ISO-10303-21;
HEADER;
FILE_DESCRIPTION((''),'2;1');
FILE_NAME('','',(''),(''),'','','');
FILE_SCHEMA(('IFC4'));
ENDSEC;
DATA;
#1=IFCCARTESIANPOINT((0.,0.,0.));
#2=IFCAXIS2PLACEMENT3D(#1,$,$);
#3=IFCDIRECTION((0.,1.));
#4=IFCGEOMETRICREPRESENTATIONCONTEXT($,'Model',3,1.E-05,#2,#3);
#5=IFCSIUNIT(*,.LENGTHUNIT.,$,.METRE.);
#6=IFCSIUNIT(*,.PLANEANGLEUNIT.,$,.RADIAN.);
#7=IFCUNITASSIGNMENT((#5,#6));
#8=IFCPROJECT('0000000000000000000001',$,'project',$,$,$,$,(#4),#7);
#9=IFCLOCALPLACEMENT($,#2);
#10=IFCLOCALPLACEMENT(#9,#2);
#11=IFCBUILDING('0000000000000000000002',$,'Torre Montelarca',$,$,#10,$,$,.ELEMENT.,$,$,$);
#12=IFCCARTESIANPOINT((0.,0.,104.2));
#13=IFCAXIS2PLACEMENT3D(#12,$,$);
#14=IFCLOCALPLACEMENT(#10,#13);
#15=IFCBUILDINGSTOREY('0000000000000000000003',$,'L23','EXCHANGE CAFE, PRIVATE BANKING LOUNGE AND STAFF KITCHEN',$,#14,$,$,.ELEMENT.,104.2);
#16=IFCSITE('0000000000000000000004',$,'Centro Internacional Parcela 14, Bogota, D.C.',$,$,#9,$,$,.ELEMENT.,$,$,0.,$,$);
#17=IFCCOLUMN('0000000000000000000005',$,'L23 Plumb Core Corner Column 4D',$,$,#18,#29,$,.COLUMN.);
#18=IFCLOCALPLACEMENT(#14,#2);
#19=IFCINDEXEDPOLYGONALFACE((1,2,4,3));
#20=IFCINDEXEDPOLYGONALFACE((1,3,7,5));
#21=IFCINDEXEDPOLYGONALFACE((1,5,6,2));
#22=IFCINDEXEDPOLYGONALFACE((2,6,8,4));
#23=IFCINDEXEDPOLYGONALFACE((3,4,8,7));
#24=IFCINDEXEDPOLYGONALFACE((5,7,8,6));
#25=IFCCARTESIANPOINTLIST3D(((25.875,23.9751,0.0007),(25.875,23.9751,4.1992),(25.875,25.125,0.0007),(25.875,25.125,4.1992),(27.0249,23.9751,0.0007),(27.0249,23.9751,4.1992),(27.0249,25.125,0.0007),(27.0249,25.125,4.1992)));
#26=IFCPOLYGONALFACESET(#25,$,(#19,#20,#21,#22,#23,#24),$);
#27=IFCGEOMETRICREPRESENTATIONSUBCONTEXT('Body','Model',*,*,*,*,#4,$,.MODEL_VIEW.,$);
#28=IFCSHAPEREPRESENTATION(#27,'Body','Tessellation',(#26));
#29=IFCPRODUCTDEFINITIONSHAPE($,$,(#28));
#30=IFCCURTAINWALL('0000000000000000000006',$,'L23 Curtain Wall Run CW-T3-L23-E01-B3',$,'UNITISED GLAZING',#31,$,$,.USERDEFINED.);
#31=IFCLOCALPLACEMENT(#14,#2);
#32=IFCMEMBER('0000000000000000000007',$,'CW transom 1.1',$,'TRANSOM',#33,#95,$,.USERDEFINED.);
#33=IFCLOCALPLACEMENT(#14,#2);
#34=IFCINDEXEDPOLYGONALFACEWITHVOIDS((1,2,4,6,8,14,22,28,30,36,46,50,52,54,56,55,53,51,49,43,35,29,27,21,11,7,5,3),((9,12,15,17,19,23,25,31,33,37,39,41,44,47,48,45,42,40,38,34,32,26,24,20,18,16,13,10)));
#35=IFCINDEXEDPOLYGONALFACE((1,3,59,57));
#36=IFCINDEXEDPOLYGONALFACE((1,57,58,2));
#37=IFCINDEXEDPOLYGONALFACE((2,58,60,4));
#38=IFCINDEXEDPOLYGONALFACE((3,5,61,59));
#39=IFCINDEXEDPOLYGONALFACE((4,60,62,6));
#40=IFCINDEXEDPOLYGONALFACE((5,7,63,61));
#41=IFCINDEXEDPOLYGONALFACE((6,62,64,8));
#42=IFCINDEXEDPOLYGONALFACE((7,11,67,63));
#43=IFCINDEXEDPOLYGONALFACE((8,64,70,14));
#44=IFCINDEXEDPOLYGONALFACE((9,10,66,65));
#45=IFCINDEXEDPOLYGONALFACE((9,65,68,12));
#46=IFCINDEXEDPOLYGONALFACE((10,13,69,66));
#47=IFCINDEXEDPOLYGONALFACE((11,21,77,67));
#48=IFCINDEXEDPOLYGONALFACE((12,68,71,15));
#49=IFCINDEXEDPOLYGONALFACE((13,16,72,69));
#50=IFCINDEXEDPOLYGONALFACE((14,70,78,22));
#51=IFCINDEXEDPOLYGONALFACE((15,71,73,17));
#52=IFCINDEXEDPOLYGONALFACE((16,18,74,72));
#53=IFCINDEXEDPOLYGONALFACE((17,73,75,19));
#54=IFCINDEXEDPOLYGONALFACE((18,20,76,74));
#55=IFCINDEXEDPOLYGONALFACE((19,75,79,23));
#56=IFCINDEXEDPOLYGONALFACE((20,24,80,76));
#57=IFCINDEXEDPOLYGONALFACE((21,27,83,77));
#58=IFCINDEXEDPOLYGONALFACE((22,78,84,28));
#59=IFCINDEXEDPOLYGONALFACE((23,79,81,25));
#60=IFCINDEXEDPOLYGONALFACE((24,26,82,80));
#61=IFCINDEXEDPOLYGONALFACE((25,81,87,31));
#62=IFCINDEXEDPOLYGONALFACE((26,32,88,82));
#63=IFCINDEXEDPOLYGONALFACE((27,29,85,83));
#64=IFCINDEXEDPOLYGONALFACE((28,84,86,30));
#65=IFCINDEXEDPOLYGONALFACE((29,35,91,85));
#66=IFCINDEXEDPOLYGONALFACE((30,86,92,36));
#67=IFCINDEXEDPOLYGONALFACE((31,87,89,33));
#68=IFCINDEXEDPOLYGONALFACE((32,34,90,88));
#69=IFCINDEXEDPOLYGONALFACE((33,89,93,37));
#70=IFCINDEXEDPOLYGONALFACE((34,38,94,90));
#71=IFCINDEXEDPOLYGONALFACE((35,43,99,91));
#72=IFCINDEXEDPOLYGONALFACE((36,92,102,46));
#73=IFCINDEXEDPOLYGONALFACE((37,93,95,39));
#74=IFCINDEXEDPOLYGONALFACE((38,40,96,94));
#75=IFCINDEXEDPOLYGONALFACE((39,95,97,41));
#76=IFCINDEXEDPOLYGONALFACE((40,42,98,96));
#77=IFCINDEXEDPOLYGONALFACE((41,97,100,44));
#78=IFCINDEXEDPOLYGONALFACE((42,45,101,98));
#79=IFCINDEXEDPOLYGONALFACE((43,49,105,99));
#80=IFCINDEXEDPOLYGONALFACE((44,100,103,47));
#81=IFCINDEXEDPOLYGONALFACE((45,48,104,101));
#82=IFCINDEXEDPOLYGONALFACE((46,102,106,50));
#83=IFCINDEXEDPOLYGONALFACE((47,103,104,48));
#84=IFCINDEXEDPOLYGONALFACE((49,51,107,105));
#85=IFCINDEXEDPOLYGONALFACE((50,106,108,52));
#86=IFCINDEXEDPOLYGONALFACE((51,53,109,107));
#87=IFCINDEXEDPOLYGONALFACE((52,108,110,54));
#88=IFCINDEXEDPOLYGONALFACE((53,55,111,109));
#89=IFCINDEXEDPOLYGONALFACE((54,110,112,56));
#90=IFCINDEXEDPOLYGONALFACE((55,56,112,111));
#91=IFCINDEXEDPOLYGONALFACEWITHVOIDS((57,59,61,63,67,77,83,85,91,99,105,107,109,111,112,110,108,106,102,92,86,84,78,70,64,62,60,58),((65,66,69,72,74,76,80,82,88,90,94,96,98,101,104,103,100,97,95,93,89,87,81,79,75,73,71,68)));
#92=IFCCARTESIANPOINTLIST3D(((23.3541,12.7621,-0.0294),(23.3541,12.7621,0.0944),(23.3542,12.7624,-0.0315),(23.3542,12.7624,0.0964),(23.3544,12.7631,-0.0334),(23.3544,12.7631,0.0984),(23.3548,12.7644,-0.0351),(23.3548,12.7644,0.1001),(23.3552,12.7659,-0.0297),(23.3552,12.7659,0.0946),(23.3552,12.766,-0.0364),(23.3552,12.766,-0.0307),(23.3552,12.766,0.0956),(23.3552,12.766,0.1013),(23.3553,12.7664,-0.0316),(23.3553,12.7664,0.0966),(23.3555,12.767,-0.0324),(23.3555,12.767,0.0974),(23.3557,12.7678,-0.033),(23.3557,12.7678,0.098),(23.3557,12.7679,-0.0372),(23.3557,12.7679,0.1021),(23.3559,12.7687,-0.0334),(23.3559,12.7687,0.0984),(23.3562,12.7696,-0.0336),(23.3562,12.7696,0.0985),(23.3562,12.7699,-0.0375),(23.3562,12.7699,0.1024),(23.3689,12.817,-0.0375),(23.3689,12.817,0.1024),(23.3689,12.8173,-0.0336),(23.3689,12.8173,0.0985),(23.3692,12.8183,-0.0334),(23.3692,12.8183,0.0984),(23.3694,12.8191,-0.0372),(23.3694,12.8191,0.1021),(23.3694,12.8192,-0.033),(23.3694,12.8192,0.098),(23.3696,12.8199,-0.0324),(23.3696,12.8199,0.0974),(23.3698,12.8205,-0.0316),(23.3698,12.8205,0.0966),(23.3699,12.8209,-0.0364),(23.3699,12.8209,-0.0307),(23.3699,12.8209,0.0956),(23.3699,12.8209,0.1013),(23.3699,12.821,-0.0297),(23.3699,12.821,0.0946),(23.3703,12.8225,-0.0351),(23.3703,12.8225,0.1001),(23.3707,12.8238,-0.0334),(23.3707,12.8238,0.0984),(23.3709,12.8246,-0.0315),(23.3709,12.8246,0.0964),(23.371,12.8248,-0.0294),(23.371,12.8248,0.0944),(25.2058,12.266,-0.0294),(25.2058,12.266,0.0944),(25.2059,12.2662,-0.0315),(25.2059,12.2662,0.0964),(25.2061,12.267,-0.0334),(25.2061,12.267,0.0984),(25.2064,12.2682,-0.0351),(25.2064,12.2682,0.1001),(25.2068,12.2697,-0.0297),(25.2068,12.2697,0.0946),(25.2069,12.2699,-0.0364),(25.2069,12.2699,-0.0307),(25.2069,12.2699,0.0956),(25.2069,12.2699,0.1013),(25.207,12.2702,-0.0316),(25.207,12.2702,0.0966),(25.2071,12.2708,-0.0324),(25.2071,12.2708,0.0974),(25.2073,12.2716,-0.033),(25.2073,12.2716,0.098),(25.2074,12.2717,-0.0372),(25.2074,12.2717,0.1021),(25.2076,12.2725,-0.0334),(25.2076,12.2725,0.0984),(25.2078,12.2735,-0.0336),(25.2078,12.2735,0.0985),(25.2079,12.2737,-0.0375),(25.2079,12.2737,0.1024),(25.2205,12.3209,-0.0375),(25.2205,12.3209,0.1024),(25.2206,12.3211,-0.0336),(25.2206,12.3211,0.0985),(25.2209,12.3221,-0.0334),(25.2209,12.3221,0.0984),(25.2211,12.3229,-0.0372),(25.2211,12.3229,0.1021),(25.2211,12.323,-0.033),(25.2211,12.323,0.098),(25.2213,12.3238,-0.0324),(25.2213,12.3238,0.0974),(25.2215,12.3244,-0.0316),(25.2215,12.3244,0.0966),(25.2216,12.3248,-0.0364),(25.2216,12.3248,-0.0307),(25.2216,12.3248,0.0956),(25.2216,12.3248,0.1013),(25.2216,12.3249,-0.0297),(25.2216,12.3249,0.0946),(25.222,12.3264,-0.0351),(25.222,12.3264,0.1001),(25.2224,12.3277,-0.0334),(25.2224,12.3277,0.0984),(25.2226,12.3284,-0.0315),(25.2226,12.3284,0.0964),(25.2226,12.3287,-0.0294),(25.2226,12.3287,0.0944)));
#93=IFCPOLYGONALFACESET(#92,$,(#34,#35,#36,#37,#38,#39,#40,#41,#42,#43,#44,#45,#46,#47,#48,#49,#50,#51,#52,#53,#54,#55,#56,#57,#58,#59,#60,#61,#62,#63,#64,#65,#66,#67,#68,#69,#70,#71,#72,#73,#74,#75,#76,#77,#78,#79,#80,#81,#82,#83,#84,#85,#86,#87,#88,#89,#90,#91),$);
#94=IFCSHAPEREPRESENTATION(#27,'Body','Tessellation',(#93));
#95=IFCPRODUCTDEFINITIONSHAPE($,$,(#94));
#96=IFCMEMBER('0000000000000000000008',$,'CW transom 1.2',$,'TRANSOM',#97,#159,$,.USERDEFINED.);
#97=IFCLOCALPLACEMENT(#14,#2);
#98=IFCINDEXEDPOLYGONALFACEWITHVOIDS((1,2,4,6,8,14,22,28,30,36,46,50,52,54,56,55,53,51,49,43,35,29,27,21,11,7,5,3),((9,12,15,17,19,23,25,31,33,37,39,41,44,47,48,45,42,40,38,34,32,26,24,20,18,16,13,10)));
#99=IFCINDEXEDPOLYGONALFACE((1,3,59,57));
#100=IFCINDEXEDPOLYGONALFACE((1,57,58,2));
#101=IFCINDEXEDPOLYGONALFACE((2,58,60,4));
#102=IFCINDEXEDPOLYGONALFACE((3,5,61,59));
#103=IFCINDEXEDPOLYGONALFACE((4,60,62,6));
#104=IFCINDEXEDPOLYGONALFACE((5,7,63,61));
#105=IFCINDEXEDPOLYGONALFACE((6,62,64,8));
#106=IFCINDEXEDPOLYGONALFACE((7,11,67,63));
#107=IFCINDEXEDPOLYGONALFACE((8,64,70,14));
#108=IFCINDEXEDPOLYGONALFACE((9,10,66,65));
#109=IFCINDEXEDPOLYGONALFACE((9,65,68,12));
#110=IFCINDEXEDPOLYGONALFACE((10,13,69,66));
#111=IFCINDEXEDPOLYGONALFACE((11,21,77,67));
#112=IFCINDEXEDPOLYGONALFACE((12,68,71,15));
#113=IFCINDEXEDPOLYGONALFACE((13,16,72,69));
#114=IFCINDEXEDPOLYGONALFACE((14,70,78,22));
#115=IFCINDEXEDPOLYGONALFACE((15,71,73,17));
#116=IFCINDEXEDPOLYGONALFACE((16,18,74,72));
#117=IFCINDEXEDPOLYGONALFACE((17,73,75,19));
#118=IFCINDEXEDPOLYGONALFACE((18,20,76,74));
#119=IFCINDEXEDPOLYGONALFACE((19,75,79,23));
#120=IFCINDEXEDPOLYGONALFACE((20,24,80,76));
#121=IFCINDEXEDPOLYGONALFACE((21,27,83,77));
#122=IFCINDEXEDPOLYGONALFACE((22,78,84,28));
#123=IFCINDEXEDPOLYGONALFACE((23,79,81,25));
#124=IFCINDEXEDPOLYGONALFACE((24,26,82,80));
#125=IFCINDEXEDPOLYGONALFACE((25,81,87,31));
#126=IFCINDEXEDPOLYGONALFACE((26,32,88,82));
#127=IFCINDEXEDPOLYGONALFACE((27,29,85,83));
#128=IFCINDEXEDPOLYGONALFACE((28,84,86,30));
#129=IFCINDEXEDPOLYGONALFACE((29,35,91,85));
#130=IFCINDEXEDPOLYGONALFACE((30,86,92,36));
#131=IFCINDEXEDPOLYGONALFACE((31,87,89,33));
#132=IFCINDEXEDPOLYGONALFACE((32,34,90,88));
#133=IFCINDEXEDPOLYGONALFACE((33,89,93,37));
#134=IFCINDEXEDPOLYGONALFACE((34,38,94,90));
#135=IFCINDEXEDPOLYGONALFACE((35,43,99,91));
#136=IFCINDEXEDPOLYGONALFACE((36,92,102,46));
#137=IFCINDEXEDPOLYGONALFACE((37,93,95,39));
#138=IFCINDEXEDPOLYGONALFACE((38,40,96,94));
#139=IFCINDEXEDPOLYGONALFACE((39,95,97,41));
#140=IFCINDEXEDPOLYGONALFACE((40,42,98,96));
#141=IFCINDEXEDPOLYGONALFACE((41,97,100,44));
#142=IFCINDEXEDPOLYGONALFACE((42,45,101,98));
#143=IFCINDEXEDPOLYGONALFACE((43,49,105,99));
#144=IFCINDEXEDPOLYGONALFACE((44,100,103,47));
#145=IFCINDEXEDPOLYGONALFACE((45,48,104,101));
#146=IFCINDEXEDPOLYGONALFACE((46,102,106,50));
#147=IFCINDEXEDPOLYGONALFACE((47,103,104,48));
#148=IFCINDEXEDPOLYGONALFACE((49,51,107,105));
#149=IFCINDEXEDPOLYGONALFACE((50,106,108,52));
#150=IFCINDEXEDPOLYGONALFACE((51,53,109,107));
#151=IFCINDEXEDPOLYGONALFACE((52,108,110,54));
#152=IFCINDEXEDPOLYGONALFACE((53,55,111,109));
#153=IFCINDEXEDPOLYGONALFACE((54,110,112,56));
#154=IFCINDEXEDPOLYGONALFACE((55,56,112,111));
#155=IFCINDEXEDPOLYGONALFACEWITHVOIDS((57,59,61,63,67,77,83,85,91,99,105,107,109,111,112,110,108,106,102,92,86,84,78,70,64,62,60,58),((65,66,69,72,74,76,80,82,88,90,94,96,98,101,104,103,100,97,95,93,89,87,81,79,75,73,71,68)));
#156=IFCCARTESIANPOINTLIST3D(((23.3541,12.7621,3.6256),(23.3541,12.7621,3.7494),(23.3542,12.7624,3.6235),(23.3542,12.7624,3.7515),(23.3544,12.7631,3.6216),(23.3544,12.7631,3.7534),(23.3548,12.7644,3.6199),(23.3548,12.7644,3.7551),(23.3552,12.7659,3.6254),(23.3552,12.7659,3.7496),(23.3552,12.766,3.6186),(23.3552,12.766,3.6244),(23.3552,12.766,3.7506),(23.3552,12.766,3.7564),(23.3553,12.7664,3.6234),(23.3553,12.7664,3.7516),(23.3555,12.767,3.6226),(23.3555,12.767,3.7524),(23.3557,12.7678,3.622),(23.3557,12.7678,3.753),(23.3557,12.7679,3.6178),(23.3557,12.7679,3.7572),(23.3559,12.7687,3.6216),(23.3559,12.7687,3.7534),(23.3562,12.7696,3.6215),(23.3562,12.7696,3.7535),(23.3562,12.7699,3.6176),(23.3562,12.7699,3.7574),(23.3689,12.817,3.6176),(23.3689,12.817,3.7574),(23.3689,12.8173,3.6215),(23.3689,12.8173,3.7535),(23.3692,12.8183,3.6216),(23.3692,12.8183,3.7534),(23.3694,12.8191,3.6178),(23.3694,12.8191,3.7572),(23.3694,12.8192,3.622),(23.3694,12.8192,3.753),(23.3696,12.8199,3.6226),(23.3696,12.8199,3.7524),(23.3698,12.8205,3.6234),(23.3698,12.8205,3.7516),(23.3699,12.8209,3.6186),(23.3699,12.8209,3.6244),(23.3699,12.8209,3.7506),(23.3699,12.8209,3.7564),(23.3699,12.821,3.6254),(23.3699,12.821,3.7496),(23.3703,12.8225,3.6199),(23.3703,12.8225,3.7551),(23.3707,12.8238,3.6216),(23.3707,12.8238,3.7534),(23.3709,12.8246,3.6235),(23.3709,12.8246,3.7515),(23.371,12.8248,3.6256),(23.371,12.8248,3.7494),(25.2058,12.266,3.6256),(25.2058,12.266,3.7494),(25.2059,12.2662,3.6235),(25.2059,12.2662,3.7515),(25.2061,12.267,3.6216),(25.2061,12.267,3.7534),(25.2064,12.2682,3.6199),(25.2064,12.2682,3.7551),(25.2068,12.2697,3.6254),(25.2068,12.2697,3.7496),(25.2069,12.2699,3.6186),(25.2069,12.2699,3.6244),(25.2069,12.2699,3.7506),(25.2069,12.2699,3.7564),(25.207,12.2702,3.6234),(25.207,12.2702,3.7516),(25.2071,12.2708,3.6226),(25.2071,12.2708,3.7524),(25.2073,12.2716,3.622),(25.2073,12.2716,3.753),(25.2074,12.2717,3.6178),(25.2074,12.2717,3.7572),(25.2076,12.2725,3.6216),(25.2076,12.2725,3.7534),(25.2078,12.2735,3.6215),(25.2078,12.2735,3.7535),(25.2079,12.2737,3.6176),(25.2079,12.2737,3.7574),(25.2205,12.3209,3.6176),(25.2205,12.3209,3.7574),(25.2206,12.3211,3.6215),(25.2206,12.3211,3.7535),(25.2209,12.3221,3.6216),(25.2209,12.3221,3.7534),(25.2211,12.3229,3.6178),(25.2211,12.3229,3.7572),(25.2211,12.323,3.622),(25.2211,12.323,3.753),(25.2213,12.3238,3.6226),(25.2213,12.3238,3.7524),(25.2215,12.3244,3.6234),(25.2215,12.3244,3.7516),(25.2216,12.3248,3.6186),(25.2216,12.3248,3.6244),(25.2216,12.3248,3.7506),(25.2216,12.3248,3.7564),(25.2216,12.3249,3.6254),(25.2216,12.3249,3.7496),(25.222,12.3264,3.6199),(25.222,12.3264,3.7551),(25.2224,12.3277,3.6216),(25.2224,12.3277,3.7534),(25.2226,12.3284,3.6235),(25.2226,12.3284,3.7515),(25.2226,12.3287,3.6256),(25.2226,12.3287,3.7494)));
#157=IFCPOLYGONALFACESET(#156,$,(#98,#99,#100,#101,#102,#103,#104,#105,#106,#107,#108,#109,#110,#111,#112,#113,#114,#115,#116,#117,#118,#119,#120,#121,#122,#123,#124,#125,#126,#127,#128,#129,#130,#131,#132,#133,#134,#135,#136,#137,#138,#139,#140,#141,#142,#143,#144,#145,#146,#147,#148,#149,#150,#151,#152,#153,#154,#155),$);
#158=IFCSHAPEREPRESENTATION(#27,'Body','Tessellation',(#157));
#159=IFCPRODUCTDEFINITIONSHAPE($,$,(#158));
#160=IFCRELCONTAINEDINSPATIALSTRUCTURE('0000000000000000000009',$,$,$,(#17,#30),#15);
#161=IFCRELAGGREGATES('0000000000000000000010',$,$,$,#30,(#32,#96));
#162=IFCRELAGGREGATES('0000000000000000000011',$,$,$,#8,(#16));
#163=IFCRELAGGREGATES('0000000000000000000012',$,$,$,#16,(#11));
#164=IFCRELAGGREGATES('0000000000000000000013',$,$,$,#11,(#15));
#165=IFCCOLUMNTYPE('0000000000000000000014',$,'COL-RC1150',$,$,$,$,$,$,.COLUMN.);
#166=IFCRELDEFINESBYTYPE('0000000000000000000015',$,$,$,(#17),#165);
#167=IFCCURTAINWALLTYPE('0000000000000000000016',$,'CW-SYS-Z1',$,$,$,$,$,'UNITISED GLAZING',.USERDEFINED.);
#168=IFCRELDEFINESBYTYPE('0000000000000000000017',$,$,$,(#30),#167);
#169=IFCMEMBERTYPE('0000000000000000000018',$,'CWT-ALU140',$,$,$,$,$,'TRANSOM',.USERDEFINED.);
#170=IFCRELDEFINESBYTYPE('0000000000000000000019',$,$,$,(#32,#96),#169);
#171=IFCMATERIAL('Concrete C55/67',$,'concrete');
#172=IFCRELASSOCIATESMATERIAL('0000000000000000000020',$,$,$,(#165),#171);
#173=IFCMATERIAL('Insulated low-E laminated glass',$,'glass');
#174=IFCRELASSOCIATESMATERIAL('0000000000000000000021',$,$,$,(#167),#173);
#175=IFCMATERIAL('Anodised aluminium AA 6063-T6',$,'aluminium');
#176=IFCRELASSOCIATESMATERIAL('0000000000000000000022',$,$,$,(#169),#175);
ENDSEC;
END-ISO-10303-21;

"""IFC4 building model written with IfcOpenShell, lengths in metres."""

from ifc_helpers import new_model, si_unit, direction, frame, origin, origin_2d, place, context, subcontext, project, spatial, rectangle, hollow_rectangle, extrude, source, transform, mapped, material, material_profile, profile_set, type_object, element, aggregate, save


model = new_model("IFC4")

# Units and contexts
model_context = context("Model", 3, precision=1e-05, world=origin(), true_north=direction((0.0, 1.0)))
body_context = subcontext(model_context, "Body", "Model", "MODEL_VIEW")
ifc_project = project(units=[si_unit("LENGTHUNIT", "METRE"), si_unit("PLANEANGLEUNIT", "RADIAN")], contexts=[model_context])

# Site, building, storey
site_placement = place(None, origin())
site = spatial("IfcSite", under=ifc_project, at=site_placement, Name="Centro Internacional Parcela 14, Bogota, D.C.", CompositionType="ELEMENT", RefElevation=0.0)
building_placement = place(site_placement, origin())
building = spatial("IfcBuilding", under=site, at=building_placement, Name="Torre Montelarca", CompositionType="ELEMENT")
storey_placement = place(building_placement, frame((0.0, 0.0, 104.2)))
storey = spatial("IfcBuildingStorey", under=building, at=storey_placement, Name="L23", Description="EXCHANGE CAFE, PRIVATE BANKING LOUNGE AND STAFF KITCHEN", CompositionType="ELEMENT", Elevation=104.2)

# Column
ifc_material_1 = material(Name="Concrete C55/67", Category="concrete")
ifc_material_profile_1 = material_profile(ifc_material_1, rectangle(XDim=1.1499, YDim=1.1499, at=origin_2d()), Name="RC1150X1150", Category="concrete")
ifc_profile_set_1 = profile_set([ifc_material_profile_1], Name="Concrete C55/67")
column_type_1 = type_object("IfcColumnType", Name="COL-RC1150", PredefinedType="COLUMN", material=ifc_profile_set_1)
shared_shape_1 = source(origin(), body_context, "Body", "SweptSolid", [
    extrude(rectangle(XDim=1.1499, YDim=1.1499, at=origin_2d()), origin(), (0.0, 0.0, 1.0), 4.1985),
])
column_1_placement = place(storey_placement, frame((26.45, 24.55, 0.0007), z_axis=(0.0, 0.0, 1.0), x_axis=(1.0, 0.0, 0.0)))
element("IfcColumn", 1, at=column_1_placement, inside=storey, type_object=column_type_1, Name="L23 Plumb Core Corner Column 4D", PredefinedType="COLUMN", context=body_context, shape_type="MappedRepresentation", body=[
    mapped(shared_shape_1, transform((0.0, 0.0, 0.0), scale=1.0)),
])

# Curtain wall, members
ifc_material_2 = material(Name="Insulated low-E laminated glass", Category="glass")
curtain_wall_type = type_object("IfcCurtainWallType", Name="CW-SYS-Z1", ElementType="UNITISED GLAZING", PredefinedType="USERDEFINED", material=ifc_material_2)
curtain_wall_1_placement = place(storey_placement, origin())
curtain_wall_1 = element("IfcCurtainWall", 2, at=curtain_wall_1_placement, inside=storey, type_object=curtain_wall_type, Name="L23 Curtain Wall Run CW-T3-L23-E01-B3", ObjectType="UNITISED GLAZING", PredefinedType="USERDEFINED")
ifc_material_3 = material(Name="Anodised aluminium AA 6063-T6", Category="aluminium")
ifc_material_profile_2 = material_profile(ifc_material_3, hollow_rectangle(XDim=0.0649, YDim=0.1399, WallThickness=0.0039, InnerFilletRadius=0.0039, OuterFilletRadius=0.0081, at=origin_2d()), Name="ALU65X140X4", Category="aluminium")
ifc_profile_set_2 = profile_set([ifc_material_profile_2], Name="Anodised aluminium AA 6063-T6")
member_type_1 = type_object("IfcMemberType", Name="CWT-ALU140", ElementType="TRANSOM", PredefinedType="USERDEFINED", material=ifc_profile_set_2)
shared_shape_2 = source(origin(), body_context, "Body", "SweptSolid", [
    extrude(hollow_rectangle(XDim=0.0649, YDim=0.1399, WallThickness=0.0039, InnerFilletRadius=0.0039, OuterFilletRadius=0.0081, at=origin_2d()), origin(), (0.0, 0.0, 1.0), 1.917),
])
member_1_placement = place(storey_placement, frame((23.3625, 12.7935, 0.0325), z_axis=(0.96593, -0.258804, 0.0), x_axis=(0.258804, 0.96593, 0.0)))
member_1 = element("IfcMember", 3, at=member_1_placement, type_object=member_type_1, Name="CW transom 1.1", ObjectType="TRANSOM", PredefinedType="USERDEFINED", context=body_context, shape_type="MappedRepresentation", body=[
    mapped(shared_shape_2, transform((0.0, 0.0, 0.0), scale=1.0)),
])
member_2_placement = place(storey_placement, frame((23.3625, 12.7935, 3.6875), z_axis=(0.96593, -0.258804, 0.0), x_axis=(0.258804, 0.96593, 0.0)))
member_2 = element("IfcMember", 4, at=member_2_placement, type_object=member_type_1, Name="CW transom 1.2", ObjectType="TRANSOM", PredefinedType="USERDEFINED", context=body_context, shape_type="MappedRepresentation", body=[
    mapped(shared_shape_2, transform((0.0, 0.0, 0.0), scale=1.0)),
])

aggregate(curtain_wall_1, [member_1, member_2])

save(model, "model.ifc")
